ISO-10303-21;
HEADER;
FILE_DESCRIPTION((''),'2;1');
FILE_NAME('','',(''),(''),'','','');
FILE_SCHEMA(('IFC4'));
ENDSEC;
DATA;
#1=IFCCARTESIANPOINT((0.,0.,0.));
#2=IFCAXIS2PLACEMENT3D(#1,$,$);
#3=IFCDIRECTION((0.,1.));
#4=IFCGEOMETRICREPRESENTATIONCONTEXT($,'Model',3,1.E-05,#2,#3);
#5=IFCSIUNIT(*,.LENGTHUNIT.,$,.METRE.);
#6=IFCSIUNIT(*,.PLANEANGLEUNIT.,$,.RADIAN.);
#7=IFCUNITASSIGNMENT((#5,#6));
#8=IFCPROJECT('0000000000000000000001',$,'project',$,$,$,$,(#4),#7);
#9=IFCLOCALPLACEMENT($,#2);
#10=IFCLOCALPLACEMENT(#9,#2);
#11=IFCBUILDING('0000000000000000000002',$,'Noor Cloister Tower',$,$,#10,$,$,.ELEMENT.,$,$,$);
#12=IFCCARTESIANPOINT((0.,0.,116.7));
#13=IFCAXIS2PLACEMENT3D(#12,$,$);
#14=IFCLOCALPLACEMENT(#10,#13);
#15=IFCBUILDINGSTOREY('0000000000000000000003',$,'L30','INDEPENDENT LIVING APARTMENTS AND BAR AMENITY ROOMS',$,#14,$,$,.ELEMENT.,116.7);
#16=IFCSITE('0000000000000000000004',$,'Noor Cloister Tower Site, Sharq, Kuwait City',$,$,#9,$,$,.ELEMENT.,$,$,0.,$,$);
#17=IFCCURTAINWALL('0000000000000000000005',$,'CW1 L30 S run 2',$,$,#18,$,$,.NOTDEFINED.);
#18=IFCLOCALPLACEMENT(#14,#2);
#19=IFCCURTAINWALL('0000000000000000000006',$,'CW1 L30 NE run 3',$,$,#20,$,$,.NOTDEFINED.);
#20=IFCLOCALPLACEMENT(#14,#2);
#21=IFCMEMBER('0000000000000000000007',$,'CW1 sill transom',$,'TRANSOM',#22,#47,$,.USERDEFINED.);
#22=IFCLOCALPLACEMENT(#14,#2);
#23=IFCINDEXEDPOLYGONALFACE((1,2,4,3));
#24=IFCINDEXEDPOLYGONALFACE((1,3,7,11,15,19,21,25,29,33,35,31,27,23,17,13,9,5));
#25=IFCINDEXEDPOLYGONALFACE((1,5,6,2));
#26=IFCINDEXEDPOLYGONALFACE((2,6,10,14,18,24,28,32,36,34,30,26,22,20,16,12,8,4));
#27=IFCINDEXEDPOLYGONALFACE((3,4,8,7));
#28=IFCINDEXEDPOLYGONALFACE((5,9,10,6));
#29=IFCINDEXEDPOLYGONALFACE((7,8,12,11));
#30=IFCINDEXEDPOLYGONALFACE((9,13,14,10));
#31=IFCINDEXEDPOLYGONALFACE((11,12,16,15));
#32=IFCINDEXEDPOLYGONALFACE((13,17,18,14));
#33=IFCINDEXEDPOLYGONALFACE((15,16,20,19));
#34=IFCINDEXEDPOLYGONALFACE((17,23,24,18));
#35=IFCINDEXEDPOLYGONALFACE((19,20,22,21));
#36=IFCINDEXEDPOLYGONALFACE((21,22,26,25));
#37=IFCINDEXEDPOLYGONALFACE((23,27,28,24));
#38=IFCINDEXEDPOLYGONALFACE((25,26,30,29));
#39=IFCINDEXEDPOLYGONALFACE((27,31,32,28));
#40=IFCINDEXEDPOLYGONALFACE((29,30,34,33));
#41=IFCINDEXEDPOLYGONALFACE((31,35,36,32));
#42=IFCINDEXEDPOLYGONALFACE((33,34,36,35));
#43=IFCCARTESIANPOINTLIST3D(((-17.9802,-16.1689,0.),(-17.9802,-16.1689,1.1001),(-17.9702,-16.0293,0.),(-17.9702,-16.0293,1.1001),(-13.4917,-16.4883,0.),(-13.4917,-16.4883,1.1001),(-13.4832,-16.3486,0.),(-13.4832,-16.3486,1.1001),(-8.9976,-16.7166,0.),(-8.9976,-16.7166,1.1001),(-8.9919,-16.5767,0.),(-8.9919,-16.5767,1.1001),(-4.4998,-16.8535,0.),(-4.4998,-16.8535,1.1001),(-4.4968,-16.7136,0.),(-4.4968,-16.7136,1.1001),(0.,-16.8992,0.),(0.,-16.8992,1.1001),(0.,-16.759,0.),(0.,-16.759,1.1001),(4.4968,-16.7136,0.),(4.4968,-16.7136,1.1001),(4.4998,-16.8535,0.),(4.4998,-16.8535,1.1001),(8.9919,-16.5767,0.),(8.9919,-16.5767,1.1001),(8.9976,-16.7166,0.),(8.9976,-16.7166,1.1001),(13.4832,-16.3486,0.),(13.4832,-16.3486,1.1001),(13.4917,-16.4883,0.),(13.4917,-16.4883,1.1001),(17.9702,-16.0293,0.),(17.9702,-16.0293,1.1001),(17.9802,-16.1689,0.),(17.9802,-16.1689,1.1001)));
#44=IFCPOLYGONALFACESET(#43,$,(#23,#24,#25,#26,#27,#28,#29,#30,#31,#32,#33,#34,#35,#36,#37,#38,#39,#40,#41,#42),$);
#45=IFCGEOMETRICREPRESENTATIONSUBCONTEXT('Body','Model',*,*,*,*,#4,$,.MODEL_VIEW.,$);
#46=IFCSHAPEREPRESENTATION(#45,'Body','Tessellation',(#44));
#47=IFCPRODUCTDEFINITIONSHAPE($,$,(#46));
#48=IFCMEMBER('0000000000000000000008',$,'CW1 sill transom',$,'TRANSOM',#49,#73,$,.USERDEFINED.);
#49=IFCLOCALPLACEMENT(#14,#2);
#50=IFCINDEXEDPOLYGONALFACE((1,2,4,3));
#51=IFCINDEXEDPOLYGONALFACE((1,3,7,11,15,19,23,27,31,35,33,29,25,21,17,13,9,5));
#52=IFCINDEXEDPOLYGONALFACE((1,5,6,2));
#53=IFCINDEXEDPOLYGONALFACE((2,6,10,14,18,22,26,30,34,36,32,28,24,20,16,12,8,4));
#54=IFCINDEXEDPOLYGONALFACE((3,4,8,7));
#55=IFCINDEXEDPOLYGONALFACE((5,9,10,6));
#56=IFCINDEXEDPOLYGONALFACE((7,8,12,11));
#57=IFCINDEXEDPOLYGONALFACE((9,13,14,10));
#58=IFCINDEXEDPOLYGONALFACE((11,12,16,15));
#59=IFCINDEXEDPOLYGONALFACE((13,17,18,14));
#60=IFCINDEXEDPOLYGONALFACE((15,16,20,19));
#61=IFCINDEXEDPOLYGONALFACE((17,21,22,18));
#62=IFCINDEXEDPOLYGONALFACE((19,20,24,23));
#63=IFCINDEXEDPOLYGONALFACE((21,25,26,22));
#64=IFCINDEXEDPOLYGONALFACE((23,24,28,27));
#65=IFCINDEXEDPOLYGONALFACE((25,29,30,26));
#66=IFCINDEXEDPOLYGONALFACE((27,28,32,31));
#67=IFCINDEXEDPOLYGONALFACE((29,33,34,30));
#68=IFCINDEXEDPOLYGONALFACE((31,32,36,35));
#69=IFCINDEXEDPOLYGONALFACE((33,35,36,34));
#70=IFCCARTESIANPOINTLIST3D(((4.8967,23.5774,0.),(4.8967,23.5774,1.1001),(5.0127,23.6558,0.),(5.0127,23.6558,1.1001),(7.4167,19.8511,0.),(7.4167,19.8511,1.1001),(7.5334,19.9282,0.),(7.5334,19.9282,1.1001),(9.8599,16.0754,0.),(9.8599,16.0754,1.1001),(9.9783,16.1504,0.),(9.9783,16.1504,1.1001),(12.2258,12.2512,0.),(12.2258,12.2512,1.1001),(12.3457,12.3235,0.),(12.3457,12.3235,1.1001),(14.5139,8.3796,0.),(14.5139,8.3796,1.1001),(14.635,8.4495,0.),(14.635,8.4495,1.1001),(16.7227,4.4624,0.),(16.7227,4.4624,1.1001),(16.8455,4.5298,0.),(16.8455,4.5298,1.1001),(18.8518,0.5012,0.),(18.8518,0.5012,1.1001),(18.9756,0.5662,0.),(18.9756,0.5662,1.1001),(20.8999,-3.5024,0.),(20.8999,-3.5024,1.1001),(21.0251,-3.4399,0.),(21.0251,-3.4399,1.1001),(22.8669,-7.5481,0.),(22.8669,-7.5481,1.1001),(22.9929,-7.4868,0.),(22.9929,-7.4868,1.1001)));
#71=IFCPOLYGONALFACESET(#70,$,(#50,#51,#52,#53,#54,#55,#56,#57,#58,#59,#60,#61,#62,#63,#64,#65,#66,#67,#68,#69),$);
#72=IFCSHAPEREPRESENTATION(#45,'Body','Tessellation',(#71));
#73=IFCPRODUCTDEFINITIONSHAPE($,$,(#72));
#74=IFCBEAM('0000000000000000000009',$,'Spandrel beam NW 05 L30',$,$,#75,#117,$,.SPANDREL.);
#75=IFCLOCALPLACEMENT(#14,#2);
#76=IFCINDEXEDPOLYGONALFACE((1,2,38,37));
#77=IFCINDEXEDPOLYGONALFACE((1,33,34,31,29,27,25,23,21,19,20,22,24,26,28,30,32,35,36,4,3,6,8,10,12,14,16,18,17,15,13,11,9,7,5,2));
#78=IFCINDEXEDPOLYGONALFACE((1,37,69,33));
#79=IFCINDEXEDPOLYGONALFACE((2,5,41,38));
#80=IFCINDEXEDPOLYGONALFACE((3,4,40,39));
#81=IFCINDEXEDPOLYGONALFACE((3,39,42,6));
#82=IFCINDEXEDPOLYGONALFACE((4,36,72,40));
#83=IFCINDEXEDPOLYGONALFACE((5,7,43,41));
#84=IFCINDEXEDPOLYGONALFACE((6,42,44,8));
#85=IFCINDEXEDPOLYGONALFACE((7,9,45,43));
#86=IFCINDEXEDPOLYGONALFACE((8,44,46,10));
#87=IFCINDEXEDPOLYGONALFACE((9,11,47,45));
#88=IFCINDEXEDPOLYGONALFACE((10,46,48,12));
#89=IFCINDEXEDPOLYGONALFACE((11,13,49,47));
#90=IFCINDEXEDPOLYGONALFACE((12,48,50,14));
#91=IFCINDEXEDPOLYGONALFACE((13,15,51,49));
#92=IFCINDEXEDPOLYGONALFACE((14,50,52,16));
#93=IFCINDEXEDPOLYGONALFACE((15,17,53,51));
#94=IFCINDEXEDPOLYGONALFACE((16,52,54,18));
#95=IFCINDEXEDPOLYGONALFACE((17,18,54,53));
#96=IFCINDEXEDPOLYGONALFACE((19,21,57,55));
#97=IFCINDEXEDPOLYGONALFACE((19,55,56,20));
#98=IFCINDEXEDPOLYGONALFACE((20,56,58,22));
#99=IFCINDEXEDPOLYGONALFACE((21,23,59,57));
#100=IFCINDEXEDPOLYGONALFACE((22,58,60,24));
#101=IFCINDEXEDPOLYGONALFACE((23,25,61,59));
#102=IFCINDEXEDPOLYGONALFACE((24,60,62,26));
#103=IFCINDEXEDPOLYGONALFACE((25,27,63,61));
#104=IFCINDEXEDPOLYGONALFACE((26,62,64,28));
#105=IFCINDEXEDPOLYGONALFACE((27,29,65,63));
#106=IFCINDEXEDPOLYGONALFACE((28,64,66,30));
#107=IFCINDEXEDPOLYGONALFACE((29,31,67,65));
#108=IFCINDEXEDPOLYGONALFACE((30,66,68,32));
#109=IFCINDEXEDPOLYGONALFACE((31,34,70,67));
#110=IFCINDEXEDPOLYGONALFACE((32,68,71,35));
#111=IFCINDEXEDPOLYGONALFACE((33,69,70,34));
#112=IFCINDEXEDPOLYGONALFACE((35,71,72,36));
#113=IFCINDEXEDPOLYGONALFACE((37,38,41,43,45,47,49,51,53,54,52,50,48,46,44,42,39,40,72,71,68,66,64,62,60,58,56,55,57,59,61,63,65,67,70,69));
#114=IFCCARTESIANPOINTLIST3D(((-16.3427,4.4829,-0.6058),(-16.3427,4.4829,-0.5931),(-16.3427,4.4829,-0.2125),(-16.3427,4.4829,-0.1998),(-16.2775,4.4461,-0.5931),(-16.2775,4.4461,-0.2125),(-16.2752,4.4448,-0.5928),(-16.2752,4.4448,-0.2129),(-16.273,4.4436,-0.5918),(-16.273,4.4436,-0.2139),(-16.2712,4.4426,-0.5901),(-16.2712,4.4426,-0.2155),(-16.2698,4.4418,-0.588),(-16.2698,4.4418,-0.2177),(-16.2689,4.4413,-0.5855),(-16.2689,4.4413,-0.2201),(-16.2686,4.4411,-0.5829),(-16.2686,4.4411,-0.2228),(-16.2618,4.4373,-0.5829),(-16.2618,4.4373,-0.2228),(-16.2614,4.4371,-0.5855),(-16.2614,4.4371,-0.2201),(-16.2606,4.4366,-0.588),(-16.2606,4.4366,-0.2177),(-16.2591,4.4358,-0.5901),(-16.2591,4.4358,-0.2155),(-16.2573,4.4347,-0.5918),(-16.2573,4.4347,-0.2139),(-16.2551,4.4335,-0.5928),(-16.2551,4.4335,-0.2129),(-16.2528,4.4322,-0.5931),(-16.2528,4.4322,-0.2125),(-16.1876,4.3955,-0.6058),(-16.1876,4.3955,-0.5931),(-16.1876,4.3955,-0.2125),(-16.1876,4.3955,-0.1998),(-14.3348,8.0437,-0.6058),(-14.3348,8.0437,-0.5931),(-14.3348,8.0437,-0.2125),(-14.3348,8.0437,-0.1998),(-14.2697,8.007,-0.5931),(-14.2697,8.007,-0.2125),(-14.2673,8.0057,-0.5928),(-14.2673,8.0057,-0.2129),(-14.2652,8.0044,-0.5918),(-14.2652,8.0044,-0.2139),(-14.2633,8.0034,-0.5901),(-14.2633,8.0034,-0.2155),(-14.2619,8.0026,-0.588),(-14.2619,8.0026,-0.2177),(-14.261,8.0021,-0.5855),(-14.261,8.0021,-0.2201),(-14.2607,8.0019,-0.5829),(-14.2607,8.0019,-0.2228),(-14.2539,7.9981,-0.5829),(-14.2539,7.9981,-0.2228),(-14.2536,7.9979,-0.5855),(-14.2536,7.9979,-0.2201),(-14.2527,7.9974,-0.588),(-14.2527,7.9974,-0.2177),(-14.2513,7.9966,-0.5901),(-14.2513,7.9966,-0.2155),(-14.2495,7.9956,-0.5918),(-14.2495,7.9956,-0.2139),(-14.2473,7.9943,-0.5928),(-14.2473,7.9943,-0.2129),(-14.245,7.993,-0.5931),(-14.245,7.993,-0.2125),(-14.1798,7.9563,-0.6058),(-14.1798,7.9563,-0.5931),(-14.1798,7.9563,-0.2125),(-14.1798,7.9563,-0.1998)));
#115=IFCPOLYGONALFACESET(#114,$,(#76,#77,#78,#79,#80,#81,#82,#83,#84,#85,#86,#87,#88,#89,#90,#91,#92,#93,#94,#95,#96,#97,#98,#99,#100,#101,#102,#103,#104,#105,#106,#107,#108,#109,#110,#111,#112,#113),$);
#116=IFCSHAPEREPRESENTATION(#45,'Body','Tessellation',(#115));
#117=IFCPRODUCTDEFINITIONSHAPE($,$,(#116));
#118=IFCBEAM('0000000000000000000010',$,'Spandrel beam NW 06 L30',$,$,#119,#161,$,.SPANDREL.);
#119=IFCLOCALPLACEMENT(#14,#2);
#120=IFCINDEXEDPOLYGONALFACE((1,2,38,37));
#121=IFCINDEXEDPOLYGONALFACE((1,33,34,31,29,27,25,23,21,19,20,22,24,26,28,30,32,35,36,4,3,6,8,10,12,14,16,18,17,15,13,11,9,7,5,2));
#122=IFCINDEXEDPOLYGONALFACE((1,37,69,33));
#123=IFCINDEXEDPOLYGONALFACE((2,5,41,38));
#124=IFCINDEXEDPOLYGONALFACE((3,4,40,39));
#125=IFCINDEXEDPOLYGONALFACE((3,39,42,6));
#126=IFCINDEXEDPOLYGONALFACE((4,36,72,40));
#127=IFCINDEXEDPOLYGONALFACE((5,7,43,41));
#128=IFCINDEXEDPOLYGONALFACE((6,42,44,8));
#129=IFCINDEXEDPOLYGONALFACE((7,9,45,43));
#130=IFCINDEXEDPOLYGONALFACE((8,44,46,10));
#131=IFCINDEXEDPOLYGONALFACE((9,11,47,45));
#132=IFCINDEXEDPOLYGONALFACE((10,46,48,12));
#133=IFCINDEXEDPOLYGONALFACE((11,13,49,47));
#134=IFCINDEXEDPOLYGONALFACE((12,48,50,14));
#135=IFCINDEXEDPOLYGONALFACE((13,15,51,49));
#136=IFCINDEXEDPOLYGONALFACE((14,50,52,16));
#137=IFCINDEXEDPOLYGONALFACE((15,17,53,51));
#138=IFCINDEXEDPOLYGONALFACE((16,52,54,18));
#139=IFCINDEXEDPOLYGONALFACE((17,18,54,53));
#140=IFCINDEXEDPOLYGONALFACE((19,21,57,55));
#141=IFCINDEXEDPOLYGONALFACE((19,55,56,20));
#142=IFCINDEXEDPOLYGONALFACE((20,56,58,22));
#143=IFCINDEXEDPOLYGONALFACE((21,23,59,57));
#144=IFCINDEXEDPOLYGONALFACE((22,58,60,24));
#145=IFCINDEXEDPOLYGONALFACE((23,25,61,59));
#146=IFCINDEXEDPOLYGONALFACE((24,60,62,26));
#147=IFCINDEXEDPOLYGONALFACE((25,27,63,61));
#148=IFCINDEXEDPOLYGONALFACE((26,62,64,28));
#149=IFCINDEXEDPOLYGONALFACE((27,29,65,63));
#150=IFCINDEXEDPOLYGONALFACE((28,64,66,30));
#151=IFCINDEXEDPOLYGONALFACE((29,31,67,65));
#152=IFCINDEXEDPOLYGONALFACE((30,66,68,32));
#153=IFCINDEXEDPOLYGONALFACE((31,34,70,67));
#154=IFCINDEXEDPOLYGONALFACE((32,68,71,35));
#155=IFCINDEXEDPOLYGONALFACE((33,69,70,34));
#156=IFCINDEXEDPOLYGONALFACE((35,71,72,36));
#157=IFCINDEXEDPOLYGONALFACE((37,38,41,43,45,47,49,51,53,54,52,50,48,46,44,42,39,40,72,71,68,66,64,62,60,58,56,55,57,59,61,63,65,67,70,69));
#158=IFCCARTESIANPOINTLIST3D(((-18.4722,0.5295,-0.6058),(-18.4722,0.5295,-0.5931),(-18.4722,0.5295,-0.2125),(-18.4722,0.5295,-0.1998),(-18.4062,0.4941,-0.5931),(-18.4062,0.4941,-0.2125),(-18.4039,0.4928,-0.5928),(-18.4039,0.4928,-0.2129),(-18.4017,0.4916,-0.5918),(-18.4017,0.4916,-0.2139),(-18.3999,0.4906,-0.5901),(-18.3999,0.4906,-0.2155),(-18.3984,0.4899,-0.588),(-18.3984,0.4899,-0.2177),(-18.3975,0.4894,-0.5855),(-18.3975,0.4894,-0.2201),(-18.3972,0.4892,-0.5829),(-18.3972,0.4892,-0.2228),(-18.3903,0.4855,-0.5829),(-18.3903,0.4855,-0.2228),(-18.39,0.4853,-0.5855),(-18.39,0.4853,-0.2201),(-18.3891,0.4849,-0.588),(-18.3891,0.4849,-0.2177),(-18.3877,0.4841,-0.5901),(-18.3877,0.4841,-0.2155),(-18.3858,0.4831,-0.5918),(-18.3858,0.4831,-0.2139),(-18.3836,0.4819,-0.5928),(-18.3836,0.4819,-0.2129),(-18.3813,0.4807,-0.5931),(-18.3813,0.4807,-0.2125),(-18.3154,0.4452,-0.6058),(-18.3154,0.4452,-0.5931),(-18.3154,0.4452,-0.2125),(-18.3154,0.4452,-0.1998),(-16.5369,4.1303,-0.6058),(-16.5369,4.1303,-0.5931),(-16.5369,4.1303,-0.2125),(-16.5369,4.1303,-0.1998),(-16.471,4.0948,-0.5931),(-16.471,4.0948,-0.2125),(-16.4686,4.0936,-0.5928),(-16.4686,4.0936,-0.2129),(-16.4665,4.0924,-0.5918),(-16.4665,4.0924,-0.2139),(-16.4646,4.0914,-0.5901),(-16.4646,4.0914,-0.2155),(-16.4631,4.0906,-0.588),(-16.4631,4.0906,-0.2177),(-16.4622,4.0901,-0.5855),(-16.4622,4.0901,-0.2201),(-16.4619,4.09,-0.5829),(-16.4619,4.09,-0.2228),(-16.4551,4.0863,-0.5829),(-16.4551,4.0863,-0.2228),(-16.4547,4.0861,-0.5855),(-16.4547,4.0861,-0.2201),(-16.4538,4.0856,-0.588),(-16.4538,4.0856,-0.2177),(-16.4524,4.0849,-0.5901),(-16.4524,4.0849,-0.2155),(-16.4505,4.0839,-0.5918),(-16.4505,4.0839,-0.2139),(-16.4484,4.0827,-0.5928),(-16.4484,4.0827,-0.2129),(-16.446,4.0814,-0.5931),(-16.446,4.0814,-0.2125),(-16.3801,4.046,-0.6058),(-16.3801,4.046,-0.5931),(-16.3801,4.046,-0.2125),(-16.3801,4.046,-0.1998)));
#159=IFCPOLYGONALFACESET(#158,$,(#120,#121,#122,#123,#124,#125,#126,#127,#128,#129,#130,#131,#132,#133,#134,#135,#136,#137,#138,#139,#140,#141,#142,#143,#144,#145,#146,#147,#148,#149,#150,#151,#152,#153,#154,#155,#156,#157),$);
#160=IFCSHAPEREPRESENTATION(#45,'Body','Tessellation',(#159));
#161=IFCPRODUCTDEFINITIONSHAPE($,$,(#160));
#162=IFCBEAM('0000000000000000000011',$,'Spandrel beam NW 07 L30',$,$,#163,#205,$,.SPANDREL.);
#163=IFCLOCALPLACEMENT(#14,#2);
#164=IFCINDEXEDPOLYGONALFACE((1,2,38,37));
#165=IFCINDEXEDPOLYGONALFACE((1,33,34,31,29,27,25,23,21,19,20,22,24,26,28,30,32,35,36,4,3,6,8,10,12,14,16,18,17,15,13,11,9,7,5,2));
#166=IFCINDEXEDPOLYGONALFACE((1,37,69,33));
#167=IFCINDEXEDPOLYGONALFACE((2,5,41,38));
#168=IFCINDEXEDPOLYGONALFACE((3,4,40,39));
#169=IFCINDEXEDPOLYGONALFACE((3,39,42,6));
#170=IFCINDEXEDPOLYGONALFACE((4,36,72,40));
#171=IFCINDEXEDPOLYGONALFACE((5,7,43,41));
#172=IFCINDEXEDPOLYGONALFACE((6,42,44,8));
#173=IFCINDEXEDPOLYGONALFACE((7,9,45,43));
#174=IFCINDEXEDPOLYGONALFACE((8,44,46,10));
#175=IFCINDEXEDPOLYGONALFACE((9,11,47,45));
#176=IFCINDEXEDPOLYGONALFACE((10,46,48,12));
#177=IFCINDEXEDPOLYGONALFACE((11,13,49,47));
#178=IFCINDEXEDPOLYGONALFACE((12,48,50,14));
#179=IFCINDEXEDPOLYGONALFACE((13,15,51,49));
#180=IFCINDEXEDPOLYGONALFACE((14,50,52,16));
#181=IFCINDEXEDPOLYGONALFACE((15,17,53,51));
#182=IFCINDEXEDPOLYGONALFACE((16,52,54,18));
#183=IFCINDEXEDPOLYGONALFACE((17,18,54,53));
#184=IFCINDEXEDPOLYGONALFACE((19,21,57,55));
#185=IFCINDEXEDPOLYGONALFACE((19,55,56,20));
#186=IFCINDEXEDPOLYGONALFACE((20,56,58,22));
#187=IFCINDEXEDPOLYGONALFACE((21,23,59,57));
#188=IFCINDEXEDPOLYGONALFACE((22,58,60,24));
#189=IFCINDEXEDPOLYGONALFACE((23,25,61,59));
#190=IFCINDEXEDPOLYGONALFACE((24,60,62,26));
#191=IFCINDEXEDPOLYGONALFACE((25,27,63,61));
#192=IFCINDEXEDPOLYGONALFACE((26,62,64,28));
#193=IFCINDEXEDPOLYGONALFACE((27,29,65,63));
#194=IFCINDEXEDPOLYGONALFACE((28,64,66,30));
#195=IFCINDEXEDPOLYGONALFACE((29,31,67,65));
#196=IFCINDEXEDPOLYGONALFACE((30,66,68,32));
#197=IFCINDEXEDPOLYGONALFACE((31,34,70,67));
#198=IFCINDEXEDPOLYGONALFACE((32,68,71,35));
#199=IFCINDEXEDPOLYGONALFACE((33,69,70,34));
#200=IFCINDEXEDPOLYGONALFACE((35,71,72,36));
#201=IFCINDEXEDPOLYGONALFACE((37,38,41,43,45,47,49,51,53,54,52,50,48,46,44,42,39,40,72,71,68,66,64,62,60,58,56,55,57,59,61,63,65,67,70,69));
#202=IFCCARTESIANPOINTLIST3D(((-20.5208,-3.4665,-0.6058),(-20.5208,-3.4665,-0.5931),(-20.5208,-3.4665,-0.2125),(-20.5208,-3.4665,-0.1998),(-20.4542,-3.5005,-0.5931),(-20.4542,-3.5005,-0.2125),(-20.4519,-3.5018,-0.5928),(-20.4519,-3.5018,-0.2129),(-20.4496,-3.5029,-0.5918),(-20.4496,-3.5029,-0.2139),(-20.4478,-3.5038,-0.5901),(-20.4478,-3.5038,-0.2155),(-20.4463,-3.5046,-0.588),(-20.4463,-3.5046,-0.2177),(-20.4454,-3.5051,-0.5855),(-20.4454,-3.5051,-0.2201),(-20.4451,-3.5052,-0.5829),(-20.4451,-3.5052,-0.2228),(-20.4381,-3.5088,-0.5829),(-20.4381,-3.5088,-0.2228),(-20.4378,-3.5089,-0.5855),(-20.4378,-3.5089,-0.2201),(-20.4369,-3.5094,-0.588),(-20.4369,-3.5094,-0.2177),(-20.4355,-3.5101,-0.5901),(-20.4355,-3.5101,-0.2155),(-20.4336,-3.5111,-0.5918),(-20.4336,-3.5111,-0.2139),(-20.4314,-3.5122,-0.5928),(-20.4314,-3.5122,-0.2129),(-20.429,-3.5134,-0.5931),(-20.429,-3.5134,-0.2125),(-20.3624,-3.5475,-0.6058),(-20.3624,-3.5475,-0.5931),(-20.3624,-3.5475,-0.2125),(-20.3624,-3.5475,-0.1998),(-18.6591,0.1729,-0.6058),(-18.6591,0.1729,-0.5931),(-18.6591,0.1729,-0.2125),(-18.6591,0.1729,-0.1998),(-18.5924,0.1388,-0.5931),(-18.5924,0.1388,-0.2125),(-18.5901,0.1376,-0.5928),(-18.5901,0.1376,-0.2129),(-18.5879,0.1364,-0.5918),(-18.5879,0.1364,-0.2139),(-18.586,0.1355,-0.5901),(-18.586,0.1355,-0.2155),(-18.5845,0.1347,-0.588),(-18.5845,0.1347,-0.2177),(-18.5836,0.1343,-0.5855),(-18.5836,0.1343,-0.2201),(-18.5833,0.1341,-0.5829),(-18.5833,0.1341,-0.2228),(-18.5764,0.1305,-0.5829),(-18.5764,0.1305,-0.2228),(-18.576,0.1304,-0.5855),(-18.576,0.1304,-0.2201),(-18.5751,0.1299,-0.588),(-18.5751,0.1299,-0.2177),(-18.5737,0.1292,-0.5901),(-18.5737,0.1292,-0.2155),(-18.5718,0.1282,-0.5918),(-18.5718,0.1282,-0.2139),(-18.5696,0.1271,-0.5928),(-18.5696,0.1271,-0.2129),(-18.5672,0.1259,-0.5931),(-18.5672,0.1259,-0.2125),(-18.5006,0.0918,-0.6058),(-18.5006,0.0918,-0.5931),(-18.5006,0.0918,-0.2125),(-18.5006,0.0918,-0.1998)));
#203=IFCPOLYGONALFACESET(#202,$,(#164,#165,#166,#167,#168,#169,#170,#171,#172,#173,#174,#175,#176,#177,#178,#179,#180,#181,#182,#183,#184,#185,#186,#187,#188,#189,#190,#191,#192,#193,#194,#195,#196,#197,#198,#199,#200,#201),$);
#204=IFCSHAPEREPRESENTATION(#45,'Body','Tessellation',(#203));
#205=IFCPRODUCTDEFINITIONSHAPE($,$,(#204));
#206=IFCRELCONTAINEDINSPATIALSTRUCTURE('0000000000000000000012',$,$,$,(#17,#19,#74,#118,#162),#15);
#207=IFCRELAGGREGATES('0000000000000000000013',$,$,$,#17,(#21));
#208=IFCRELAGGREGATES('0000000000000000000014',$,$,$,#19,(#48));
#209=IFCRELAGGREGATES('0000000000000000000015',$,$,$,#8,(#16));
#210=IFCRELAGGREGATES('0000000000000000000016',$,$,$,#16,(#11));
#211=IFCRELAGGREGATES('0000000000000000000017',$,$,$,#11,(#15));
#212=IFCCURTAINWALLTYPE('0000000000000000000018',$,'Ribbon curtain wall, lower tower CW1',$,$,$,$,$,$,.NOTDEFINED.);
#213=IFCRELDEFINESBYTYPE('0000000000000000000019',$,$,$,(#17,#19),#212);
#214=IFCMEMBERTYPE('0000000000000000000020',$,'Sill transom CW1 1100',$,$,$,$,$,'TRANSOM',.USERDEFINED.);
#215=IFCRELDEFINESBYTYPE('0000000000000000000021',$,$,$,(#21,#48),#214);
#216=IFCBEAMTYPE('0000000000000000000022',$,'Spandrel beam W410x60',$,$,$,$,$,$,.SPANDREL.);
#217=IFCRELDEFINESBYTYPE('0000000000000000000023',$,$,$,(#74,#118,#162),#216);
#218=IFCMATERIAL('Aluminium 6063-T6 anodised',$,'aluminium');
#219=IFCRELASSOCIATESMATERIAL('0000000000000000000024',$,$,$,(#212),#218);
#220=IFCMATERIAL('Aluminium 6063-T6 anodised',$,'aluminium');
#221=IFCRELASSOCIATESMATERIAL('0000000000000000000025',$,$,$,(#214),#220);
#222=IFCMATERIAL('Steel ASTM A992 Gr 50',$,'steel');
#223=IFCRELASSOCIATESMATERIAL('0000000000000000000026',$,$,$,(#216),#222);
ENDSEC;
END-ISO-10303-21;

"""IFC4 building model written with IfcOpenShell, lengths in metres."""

from ifc_helpers import new_model, si_unit, direction, frame, origin, origin_2d, place, context, subcontext, project, spatial, polyline, i_section, outline, extrude, material, material_profile, profile_set, type_object, element, aggregate, save


model = new_model("IFC4")

# Units and contexts
model_context = context("Model", 3, precision=1e-05, world=origin(), true_north=direction((0.0, 1.0)))
body_context = subcontext(model_context, "Body", "Model", "MODEL_VIEW")
ifc_project = project(units=[si_unit("LENGTHUNIT", "METRE"), si_unit("PLANEANGLEUNIT", "RADIAN")], contexts=[model_context])

# Site, building, storey
site_placement = place(None, origin())
site = spatial("IfcSite", under=ifc_project, at=site_placement, Name="Noor Cloister Tower Site, Sharq, Kuwait City", CompositionType="ELEMENT", RefElevation=0.0)
building_placement = place(site_placement, origin())
building = spatial("IfcBuilding", under=site, at=building_placement, Name="Noor Cloister Tower", CompositionType="ELEMENT")
storey_placement = place(building_placement, frame((0.0, 0.0, 116.7)))
storey = spatial("IfcBuildingStorey", under=building, at=storey_placement, Name="L30", Description="INDEPENDENT LIVING APARTMENTS AND BAR AMENITY ROOMS", CompositionType="ELEMENT", Elevation=116.7)

# Curtain walls
ifc_material_1 = material(Name="Aluminium 6063-T6 anodised", Category="aluminium")
curtain_wall_type = type_object("IfcCurtainWallType", Name="Ribbon curtain wall, lower tower CW1", PredefinedType="NOTDEFINED", material=ifc_material_1)
curtain_wall_1_placement = place(storey_placement, origin())
curtain_wall_1 = element("IfcCurtainWall", 1, at=curtain_wall_1_placement, inside=storey, type_object=curtain_wall_type, Name="CW1 L30 S run 2", PredefinedType="NOTDEFINED")
curtain_wall_2_placement = place(storey_placement, origin())
curtain_wall_2 = element("IfcCurtainWall", 2, at=curtain_wall_2_placement, inside=storey, type_object=curtain_wall_type, Name="CW1 L30 NE run 3", PredefinedType="NOTDEFINED")

# Members
ifc_material_2 = material(Name="Aluminium 6063-T6 anodised", Category="aluminium")
member_type_1 = type_object("IfcMemberType", Name="Sill transom CW1 1100", ElementType="TRANSOM", PredefinedType="USERDEFINED", material=ifc_material_2)
member_1_placement = place(storey_placement, origin())
member_1 = element("IfcMember", 3, at=member_1_placement, type_object=member_type_1, Name="CW1 sill transom", ObjectType="TRANSOM", PredefinedType="USERDEFINED", context=body_context, shape_type="SweptSolid", body=[
    extrude(outline(polyline([(-17.9802, -16.1689), (-13.4917, -16.4883), (-8.9976, -16.7166), (-4.4998, -16.8535), (0.0, -16.8992), (4.4998, -16.8535), (8.9976, -16.7166), (13.4917, -16.4883), (17.9802, -16.1689), (17.9702, -16.0293), (13.4832, -16.3486), (8.9919, -16.5767), (4.4968, -16.7136), (0.0, -16.759), (-4.4968, -16.7136), (-8.9919, -16.5767), (-13.4832, -16.3486), (-17.9702, -16.0293), (-17.9802, -16.1689)])), origin(), (0.0, 0.0, 1.0), 1.1001),
])
aggregate(curtain_wall_1, [member_1])
member_2_placement = place(storey_placement, origin())
member_2 = element("IfcMember", 4, at=member_2_placement, type_object=member_type_1, Name="CW1 sill transom", ObjectType="TRANSOM", PredefinedType="USERDEFINED", context=body_context, shape_type="SweptSolid", body=[
    extrude(outline(polyline([(22.9929, -7.4868), (21.0251, -3.4399), (18.9756, 0.5662), (16.8455, 4.5298), (14.635, 8.4495), (12.3457, 12.3235), (9.9783, 16.1504), (7.5334, 19.9282), (5.0127, 23.6558), (4.8967, 23.5774), (7.4167, 19.8511), (9.8599, 16.0754), (12.2258, 12.2512), (14.5139, 8.3796), (16.7227, 4.4624), (18.8518, 0.5012), (20.8999, -3.5024), (22.8669, -7.5481), (22.9929, -7.4868)])), origin(), (0.0, 0.0, 1.0), 1.1001),
])
aggregate(curtain_wall_2, [member_2])

# Beams
ifc_material_3 = material(Name="Steel ASTM A992 Gr 50", Category="steel")
ifc_material_profile_1 = material_profile(ifc_material_3, i_section(OverallWidth=0.178, OverallDepth=0.406, WebThickness=0.0078, FlangeThickness=0.0127, FilletRadius=0.0103, at=origin_2d()), Name="W410x60")
ifc_profile_set_1 = profile_set([ifc_material_profile_1], Name="Steel ASTM A992 Gr 50")
beam_type_1 = type_object("IfcBeamType", Name="Spandrel beam W410x60", PredefinedType="SPANDREL", material=ifc_profile_set_1)
for number, where, z_axis, x_axis, name in (
    (5, (-14.2573, 8.0, -0.4028), (-0.491166, -0.871066, 0.0), (0.871066, -0.491166, 0.0), "Spandrel beam NW 05 L30"),
    (6, (-16.4585, 4.0881, -0.4028), (-0.473416, -0.880839, 0.0), (0.880839, -0.473416, 0.0), "Spandrel beam NW 06 L30"),
    (7, (-18.5798, 0.1323, -0.4028), (-0.455436, -0.890268, 0.0), (0.890268, -0.455436, 0.0), "Spandrel beam NW 07 L30"),
):
    element("IfcBeam", number, at=place(storey_placement, frame(where, z_axis=z_axis, x_axis=x_axis)), inside=storey, type_object=beam_type_1, Name=name, PredefinedType="SPANDREL", context=body_context, shape_type="SweptSolid", body=[
        extrude(i_section(OverallWidth=0.178, OverallDepth=0.406, WebThickness=0.0078, FlangeThickness=0.0127, FilletRadius=0.0103, at=origin_2d()), origin(), (0.0, 0.0, 1.0), 4.0879),
    ])

save(model, "model.ifc")
